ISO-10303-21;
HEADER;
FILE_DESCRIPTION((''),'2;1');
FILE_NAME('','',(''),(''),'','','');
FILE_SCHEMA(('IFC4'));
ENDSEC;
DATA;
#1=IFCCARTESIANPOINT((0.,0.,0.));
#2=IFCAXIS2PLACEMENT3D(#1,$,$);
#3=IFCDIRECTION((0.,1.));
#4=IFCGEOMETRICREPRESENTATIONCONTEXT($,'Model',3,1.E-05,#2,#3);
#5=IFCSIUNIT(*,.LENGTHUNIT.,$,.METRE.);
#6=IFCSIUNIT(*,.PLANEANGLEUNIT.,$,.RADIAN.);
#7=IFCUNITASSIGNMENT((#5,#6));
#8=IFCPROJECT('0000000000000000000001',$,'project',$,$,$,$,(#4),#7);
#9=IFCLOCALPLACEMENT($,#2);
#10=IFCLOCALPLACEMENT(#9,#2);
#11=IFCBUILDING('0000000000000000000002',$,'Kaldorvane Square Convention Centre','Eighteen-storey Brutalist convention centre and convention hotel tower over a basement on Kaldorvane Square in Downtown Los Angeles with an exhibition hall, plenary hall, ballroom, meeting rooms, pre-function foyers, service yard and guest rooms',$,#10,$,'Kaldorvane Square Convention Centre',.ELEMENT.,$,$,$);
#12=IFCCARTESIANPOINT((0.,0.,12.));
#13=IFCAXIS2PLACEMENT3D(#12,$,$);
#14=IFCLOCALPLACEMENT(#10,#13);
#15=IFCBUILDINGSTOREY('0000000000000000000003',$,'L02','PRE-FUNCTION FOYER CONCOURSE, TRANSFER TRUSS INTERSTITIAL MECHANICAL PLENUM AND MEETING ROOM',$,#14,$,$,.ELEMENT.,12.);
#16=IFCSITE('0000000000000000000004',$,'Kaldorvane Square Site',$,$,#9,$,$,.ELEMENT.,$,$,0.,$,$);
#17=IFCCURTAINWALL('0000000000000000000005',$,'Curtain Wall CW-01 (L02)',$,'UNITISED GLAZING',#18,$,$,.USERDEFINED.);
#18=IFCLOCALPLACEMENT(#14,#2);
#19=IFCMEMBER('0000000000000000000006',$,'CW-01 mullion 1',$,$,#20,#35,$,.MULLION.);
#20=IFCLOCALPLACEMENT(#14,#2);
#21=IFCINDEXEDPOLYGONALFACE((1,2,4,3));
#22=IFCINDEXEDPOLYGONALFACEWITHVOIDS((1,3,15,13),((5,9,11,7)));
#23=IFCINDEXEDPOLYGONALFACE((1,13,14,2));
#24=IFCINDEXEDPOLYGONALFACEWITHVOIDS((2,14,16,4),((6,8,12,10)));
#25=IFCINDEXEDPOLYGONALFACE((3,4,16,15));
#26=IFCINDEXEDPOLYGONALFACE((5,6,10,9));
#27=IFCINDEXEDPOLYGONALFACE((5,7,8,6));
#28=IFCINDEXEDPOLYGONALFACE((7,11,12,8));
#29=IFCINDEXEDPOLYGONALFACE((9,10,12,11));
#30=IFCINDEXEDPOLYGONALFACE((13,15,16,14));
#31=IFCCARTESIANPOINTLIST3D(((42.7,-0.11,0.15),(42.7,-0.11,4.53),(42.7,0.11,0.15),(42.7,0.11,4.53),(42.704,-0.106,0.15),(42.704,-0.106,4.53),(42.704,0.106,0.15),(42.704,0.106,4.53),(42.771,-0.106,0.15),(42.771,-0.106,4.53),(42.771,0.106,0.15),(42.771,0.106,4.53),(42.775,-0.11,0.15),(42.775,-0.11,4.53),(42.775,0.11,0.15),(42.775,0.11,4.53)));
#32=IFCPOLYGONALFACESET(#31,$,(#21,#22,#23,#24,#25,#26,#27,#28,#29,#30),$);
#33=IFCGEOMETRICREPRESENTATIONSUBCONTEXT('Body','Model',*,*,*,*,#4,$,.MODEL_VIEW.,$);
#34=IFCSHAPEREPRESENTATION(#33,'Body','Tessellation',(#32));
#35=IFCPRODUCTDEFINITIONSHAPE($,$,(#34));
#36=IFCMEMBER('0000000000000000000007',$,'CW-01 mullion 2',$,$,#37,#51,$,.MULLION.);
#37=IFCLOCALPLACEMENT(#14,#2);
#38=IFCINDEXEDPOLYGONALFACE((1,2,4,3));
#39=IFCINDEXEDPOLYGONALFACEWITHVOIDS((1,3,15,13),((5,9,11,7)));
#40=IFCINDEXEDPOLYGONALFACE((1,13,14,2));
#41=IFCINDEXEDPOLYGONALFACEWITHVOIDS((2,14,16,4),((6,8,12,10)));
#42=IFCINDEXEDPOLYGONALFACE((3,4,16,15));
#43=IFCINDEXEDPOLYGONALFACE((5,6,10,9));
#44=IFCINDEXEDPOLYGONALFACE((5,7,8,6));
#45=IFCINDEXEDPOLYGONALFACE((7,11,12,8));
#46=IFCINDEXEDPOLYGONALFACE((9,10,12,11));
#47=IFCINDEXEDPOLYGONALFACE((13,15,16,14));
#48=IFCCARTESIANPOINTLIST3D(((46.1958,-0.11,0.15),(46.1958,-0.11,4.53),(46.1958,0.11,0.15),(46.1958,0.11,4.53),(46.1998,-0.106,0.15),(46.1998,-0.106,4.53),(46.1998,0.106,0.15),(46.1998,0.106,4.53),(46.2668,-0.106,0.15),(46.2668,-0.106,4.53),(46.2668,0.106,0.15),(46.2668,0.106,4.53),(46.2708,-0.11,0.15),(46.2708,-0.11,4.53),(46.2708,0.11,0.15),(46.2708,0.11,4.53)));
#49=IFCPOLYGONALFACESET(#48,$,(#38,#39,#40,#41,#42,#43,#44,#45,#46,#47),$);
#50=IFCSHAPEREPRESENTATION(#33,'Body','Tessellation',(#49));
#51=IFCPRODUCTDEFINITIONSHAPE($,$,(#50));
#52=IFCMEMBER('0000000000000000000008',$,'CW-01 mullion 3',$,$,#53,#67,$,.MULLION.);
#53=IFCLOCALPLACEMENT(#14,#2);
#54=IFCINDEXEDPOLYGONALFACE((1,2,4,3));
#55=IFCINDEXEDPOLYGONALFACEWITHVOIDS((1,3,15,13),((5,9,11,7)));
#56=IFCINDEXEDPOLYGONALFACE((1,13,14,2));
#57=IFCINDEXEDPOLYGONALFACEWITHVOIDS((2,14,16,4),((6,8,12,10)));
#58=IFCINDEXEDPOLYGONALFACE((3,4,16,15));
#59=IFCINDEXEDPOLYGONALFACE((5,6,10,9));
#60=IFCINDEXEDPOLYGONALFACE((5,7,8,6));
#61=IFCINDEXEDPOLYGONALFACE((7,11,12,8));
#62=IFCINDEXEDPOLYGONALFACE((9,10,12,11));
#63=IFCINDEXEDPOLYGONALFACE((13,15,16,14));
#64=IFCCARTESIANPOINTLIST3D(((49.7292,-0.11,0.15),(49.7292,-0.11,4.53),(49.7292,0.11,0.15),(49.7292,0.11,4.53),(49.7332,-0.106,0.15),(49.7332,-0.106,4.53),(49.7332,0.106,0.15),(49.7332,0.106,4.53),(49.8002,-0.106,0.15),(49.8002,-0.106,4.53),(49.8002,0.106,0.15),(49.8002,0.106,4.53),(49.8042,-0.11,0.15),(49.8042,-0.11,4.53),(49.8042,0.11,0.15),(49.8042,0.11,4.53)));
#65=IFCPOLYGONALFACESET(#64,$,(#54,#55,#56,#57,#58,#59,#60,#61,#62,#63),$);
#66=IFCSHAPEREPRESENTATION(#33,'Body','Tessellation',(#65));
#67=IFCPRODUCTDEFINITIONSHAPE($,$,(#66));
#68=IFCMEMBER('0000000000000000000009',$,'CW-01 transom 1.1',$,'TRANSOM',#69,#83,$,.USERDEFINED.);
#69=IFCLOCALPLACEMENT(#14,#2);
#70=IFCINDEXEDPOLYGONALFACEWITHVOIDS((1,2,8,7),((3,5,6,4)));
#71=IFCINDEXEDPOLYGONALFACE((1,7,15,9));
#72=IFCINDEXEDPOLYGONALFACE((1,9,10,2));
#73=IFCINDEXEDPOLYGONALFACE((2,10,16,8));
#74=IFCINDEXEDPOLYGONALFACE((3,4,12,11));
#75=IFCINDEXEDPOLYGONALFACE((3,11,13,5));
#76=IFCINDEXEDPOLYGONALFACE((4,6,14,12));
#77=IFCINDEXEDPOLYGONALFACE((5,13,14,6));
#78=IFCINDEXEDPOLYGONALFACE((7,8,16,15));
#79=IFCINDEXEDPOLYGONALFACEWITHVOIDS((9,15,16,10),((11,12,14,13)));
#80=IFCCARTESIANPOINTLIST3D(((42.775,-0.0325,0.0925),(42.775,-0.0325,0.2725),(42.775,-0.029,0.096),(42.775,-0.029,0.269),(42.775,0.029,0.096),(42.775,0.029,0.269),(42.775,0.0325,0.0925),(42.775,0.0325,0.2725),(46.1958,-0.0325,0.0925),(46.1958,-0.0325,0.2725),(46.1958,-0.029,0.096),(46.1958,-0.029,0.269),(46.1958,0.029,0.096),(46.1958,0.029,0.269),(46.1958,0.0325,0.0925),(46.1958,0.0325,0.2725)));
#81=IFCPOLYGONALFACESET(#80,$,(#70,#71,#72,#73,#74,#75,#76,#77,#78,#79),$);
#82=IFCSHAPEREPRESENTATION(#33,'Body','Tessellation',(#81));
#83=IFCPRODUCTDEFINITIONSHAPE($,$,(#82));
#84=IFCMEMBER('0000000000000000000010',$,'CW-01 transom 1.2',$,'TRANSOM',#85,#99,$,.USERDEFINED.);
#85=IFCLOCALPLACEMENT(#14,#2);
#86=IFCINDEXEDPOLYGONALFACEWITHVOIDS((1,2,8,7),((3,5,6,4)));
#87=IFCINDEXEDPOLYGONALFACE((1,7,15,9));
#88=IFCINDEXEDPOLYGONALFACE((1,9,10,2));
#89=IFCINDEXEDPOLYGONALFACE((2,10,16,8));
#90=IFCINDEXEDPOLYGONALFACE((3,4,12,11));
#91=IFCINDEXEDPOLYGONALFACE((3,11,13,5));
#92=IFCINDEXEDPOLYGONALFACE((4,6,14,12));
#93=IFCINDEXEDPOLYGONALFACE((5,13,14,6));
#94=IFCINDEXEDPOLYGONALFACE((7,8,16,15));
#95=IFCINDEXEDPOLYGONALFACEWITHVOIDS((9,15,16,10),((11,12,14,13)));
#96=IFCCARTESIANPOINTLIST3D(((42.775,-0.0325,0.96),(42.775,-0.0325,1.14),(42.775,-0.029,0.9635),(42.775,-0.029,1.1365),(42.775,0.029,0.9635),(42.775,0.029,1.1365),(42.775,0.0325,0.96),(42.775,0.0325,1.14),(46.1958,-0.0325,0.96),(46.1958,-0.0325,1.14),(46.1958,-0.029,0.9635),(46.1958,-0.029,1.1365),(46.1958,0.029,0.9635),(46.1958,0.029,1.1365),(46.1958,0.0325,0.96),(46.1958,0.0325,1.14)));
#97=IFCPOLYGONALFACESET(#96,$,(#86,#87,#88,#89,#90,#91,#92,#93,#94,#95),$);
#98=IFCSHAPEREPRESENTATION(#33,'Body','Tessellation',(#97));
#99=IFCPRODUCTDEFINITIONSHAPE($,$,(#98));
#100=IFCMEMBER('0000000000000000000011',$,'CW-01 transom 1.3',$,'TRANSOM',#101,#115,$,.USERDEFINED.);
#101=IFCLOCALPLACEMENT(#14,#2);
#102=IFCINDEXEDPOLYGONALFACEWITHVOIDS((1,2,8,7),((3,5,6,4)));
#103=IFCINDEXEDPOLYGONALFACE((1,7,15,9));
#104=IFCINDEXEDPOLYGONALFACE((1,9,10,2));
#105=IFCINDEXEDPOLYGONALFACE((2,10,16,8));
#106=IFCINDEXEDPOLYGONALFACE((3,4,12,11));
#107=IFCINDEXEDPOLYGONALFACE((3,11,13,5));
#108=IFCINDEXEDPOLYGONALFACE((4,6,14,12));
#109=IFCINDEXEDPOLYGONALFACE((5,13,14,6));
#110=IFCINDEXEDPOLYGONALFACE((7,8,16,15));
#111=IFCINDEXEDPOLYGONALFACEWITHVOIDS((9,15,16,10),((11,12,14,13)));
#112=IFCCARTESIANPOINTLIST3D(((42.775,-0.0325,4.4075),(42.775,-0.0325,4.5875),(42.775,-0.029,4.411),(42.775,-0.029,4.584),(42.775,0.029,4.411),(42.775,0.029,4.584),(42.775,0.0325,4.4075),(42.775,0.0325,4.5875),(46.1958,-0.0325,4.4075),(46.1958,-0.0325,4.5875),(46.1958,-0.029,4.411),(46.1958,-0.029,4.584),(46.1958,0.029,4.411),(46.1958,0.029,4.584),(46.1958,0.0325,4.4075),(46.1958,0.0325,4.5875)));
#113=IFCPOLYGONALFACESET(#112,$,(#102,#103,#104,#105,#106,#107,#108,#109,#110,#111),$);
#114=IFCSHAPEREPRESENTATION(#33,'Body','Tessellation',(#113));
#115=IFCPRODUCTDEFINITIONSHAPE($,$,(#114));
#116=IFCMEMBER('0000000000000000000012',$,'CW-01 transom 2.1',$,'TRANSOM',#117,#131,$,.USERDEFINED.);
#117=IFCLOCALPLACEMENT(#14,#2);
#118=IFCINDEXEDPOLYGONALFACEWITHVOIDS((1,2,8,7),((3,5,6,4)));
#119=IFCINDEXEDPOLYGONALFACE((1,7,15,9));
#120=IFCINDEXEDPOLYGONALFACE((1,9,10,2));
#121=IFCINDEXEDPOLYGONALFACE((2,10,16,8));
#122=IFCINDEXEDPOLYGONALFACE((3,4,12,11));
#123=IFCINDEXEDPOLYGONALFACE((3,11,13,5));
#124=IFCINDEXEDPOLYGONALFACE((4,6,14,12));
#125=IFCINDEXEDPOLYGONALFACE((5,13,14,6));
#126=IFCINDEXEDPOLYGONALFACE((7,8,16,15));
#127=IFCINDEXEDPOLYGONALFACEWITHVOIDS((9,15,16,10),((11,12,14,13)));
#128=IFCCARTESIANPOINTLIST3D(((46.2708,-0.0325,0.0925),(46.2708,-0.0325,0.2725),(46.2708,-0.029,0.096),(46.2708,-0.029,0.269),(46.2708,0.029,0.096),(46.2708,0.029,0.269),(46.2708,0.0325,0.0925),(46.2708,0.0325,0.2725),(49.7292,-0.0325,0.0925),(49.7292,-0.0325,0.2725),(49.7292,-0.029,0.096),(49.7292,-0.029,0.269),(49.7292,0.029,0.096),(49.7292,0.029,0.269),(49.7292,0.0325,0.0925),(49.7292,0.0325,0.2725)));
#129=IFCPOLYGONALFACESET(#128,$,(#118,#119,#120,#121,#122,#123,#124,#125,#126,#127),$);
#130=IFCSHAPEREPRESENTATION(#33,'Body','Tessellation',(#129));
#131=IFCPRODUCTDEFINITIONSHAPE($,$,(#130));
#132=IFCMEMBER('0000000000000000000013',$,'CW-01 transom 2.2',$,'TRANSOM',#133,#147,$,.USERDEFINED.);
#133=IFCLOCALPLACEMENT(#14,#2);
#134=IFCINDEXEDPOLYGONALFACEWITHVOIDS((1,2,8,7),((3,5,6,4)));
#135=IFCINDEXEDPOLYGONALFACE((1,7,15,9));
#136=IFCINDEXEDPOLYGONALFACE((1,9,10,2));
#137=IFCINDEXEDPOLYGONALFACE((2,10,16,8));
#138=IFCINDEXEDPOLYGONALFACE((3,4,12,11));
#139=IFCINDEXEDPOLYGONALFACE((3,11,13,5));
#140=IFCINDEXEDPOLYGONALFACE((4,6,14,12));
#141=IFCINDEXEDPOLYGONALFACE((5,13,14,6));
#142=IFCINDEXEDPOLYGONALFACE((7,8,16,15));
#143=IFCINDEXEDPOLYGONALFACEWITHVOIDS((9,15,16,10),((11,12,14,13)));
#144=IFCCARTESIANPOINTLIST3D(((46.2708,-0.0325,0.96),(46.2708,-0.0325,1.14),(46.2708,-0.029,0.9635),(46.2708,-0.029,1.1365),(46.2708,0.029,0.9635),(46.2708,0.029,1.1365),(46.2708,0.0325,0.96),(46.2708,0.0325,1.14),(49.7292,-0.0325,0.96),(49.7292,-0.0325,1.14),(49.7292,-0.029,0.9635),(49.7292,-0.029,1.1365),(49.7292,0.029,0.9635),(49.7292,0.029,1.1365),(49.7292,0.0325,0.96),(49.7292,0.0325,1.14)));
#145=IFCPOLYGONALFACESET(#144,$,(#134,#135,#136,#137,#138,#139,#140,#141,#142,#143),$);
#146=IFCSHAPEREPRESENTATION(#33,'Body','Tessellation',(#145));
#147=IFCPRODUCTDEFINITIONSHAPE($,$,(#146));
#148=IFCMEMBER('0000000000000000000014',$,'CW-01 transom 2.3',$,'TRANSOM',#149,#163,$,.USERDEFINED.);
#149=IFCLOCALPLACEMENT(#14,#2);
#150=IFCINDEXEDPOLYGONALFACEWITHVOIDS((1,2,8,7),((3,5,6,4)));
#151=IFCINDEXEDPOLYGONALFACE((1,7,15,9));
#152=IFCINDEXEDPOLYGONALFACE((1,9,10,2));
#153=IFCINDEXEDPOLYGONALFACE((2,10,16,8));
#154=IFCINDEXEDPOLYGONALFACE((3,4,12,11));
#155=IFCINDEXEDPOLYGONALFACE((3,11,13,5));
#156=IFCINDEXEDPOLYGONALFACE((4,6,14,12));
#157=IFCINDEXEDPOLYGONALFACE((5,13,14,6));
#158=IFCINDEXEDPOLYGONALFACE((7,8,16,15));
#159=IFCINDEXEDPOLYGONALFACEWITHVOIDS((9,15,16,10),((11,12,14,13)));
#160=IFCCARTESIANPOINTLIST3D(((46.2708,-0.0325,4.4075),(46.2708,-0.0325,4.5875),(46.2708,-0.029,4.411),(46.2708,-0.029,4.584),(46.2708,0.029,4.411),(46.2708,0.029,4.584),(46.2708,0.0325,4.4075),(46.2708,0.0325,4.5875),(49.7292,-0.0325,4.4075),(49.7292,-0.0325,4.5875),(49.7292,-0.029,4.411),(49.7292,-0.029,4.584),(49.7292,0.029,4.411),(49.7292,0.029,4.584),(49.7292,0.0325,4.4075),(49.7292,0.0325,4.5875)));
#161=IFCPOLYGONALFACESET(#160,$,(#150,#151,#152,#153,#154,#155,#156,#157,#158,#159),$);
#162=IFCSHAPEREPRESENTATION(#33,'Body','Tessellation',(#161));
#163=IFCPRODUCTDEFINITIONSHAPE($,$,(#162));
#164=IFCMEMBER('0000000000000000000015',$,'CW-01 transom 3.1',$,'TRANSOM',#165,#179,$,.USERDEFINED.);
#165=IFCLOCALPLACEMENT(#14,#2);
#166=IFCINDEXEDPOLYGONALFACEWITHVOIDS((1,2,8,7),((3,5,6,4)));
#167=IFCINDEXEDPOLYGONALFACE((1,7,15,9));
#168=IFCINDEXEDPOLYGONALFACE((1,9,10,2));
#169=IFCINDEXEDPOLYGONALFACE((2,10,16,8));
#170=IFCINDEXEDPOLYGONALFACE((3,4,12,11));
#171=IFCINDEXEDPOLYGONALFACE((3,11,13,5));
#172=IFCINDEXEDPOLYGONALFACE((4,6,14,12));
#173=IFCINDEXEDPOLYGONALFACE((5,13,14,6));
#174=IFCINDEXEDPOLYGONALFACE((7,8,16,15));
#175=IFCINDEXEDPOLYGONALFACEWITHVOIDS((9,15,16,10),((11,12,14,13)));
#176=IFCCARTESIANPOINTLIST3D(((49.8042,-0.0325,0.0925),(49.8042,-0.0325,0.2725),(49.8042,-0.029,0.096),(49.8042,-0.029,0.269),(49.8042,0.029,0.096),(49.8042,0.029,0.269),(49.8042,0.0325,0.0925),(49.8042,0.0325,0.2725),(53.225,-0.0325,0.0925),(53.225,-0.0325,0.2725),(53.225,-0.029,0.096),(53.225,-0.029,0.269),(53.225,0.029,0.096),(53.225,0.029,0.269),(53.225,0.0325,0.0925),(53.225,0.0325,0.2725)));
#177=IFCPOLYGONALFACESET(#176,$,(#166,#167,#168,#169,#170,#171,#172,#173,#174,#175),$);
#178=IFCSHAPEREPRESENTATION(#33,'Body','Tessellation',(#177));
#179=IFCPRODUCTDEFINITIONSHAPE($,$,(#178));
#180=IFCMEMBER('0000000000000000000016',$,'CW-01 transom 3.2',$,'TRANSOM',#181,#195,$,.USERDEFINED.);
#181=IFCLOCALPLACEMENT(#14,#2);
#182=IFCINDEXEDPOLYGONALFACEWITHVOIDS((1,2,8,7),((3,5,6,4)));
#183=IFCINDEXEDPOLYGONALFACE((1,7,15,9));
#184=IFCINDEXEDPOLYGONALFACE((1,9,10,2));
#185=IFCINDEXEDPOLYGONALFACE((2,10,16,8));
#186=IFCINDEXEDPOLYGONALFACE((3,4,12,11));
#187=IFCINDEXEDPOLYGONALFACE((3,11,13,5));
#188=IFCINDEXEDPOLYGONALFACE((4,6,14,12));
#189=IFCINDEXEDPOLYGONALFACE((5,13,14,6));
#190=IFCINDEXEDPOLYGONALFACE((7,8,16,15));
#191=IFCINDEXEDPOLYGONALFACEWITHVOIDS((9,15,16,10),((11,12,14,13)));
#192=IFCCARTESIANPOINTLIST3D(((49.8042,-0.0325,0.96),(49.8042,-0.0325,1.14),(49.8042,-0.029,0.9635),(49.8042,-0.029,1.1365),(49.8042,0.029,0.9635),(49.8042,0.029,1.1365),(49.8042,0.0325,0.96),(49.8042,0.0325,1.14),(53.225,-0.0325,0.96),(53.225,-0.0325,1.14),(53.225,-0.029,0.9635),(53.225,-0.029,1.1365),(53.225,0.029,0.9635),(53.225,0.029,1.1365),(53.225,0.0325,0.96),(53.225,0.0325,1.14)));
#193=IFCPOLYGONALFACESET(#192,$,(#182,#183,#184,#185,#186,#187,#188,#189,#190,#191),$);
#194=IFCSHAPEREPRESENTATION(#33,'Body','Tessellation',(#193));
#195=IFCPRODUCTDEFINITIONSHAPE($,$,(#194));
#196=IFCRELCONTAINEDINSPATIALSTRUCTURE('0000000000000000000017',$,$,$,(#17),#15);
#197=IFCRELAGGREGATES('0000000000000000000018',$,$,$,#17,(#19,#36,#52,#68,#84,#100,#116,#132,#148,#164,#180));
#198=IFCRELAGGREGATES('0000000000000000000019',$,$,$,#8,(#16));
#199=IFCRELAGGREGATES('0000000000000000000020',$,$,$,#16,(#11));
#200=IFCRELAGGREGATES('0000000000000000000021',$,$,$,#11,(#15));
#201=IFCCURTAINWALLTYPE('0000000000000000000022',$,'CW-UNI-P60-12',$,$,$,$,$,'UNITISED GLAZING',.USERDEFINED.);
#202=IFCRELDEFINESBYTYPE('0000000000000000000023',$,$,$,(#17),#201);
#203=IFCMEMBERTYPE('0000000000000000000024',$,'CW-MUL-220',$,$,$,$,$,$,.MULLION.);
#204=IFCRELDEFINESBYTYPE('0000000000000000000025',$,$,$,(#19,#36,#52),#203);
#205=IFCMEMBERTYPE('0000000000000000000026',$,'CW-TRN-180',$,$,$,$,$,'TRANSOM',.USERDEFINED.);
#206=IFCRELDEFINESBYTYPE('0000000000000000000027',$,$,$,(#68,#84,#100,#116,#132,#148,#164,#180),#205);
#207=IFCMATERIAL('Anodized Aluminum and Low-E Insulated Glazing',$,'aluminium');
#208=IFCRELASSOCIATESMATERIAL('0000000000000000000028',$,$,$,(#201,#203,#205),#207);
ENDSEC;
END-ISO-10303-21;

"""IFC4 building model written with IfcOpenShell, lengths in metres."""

from ifc_helpers import new_model, si_unit, direction, frame, origin, origin_2d, place, context, subcontext, project, spatial, hollow_rectangle, extrude, material, material_profile, profile_set, type_object, element, aggregate, save


model = new_model("IFC4")

# Units and contexts
model_context = context("Model", 3, precision=1e-05, world=origin(), true_north=direction((0.0, 1.0)))
body_context = subcontext(model_context, "Body", "Model", "MODEL_VIEW")
ifc_project = project(units=[si_unit("LENGTHUNIT", "METRE"), si_unit("PLANEANGLEUNIT", "RADIAN")], contexts=[model_context])

# Site, building, storey
site_placement = place(None, origin())
site = spatial("IfcSite", under=ifc_project, at=site_placement, Name="Kaldorvane Square Site", CompositionType="ELEMENT", RefElevation=0.0)
building_placement = place(site_placement, origin())
building = spatial("IfcBuilding", under=site, at=building_placement, Name="Kaldorvane Square Convention Centre", Description="Eighteen-storey Brutalist convention centre and convention hotel tower over a basement on Kaldorvane Square in Downtown Los Angeles with an exhibition hall, plenary hall, ballroom, meeting rooms, pre-function foyers, service yard and guest rooms", LongName="Kaldorvane Square Convention Centre", CompositionType="ELEMENT")
storey_placement = place(building_placement, frame((0.0, 0.0, 12.0)))
storey = spatial("IfcBuildingStorey", under=building, at=storey_placement, Name="L02", Description="PRE-FUNCTION FOYER CONCOURSE, TRANSFER TRUSS INTERSTITIAL MECHANICAL PLENUM AND MEETING ROOM", CompositionType="ELEMENT", Elevation=12.0)

# Curtain wall, members
ifc_material_1 = material(Name="Anodized Aluminum and Low-E Insulated Glazing", Category="aluminium")
curtain_wall_type = type_object("IfcCurtainWallType", Name="CW-UNI-P60-12", ElementType="UNITISED GLAZING", PredefinedType="USERDEFINED", material=ifc_material_1)
curtain_wall_placement = place(storey_placement, origin())
curtain_wall = element("IfcCurtainWall", 1, at=curtain_wall_placement, inside=storey, type_object=curtain_wall_type, Name="Curtain Wall CW-01 (L02)", ObjectType="UNITISED GLAZING", PredefinedType="USERDEFINED")
ifc_material_profile_1 = material_profile(ifc_material_1, hollow_rectangle(XDim=0.075, YDim=0.22, WallThickness=0.004, at=origin_2d()), Name="CWM-220X75")
ifc_profile_set_1 = profile_set([ifc_material_profile_1], Name="Anodized Aluminum and Low-E Insulated Glazing")
member_type_1 = type_object("IfcMemberType", Name="CW-MUL-220", PredefinedType="MULLION", material=ifc_profile_set_1)
member_1_placement = place(storey_placement, frame((42.7375, 0.0, 0.15), z_axis=(0.0, 0.0, 1.0), x_axis=(1.0, 0.0, 0.0)))
member_1 = element("IfcMember", 2, at=member_1_placement, type_object=member_type_1, Name="CW-01 mullion 1", PredefinedType="MULLION", context=body_context, shape_type="SweptSolid", body=[
    extrude(hollow_rectangle(XDim=0.075, YDim=0.22, WallThickness=0.004, at=origin_2d()), origin(), (0.0, 0.0, 1.0), 4.38),
])
member_2_placement = place(storey_placement, frame((46.2333, 0.0, 0.15), z_axis=(0.0, 0.0, 1.0), x_axis=(1.0, 0.0, 0.0)))
member_2 = element("IfcMember", 3, at=member_2_placement, type_object=member_type_1, Name="CW-01 mullion 2", PredefinedType="MULLION", context=body_context, shape_type="SweptSolid", body=[
    extrude(hollow_rectangle(XDim=0.075, YDim=0.22, WallThickness=0.004, at=origin_2d()), origin(), (0.0, 0.0, 1.0), 4.38),
])
member_3_placement = place(storey_placement, frame((49.7667, 0.0, 0.15), z_axis=(0.0, 0.0, 1.0), x_axis=(1.0, 0.0, 0.0)))
member_3 = element("IfcMember", 4, at=member_3_placement, type_object=member_type_1, Name="CW-01 mullion 3", PredefinedType="MULLION", context=body_context, shape_type="SweptSolid", body=[
    extrude(hollow_rectangle(XDim=0.075, YDim=0.22, WallThickness=0.004, at=origin_2d()), origin(), (0.0, 0.0, 1.0), 4.38),
])
ifc_material_profile_2 = material_profile(ifc_material_1, hollow_rectangle(XDim=0.065, YDim=0.18, WallThickness=0.0035, at=origin_2d()), Name="CWT-180X65")
ifc_profile_set_2 = profile_set([ifc_material_profile_2], Name="Anodized Aluminum and Low-E Insulated Glazing")
member_type_2 = type_object("IfcMemberType", Name="CW-TRN-180", ElementType="TRANSOM", PredefinedType="USERDEFINED", material=ifc_profile_set_2)
member_4_placement = place(storey_placement, frame((42.775, 0.0, 0.1825), z_axis=(1.0, 0.0, 0.0), x_axis=(0.0, 1.0, 0.0)))
member_4 = element("IfcMember", 5, at=member_4_placement, type_object=member_type_2, Name="CW-01 transom 1.1", ObjectType="TRANSOM", PredefinedType="USERDEFINED", context=body_context, shape_type="SweptSolid", body=[
    extrude(hollow_rectangle(XDim=0.065, YDim=0.18, WallThickness=0.0035, at=origin_2d()), origin(), (0.0, 0.0, 1.0), 3.4208),
])
member_5_placement = place(storey_placement, frame((42.775, 0.0, 1.05), z_axis=(1.0, 0.0, 0.0), x_axis=(0.0, 1.0, 0.0)))
member_5 = element("IfcMember", 6, at=member_5_placement, type_object=member_type_2, Name="CW-01 transom 1.2", ObjectType="TRANSOM", PredefinedType="USERDEFINED", context=body_context, shape_type="SweptSolid", body=[
    extrude(hollow_rectangle(XDim=0.065, YDim=0.18, WallThickness=0.0035, at=origin_2d()), origin(), (0.0, 0.0, 1.0), 3.4208),
])
member_6_placement = place(storey_placement, frame((42.775, 0.0, 4.4975), z_axis=(1.0, 0.0, 0.0), x_axis=(0.0, 1.0, 0.0)))
member_6 = element("IfcMember", 7, at=member_6_placement, type_object=member_type_2, Name="CW-01 transom 1.3", ObjectType="TRANSOM", PredefinedType="USERDEFINED", context=body_context, shape_type="SweptSolid", body=[
    extrude(hollow_rectangle(XDim=0.065, YDim=0.18, WallThickness=0.0035, at=origin_2d()), origin(), (0.0, 0.0, 1.0), 3.4208),
])
member_7_placement = place(storey_placement, frame((46.2708, 0.0, 0.1825), z_axis=(1.0, 0.0, 0.0), x_axis=(0.0, 1.0, 0.0)))
member_7 = element("IfcMember", 8, at=member_7_placement, type_object=member_type_2, Name="CW-01 transom 2.1", ObjectType="TRANSOM", PredefinedType="USERDEFINED", context=body_context, shape_type="SweptSolid", body=[
    extrude(hollow_rectangle(XDim=0.065, YDim=0.18, WallThickness=0.0035, at=origin_2d()), origin(), (0.0, 0.0, 1.0), 3.4583),
])
member_8_placement = place(storey_placement, frame((46.2708, 0.0, 1.05), z_axis=(1.0, 0.0, 0.0), x_axis=(0.0, 1.0, 0.0)))
member_8 = element("IfcMember", 9, at=member_8_placement, type_object=member_type_2, Name="CW-01 transom 2.2", ObjectType="TRANSOM", PredefinedType="USERDEFINED", context=body_context, shape_type="SweptSolid", body=[
    extrude(hollow_rectangle(XDim=0.065, YDim=0.18, WallThickness=0.0035, at=origin_2d()), origin(), (0.0, 0.0, 1.0), 3.4583),
])
member_9_placement = place(storey_placement, frame((46.2708, 0.0, 4.4975), z_axis=(1.0, 0.0, 0.0), x_axis=(0.0, 1.0, 0.0)))
member_9 = element("IfcMember", 10, at=member_9_placement, type_object=member_type_2, Name="CW-01 transom 2.3", ObjectType="TRANSOM", PredefinedType="USERDEFINED", context=body_context, shape_type="SweptSolid", body=[
    extrude(hollow_rectangle(XDim=0.065, YDim=0.18, WallThickness=0.0035, at=origin_2d()), origin(), (0.0, 0.0, 1.0), 3.4583),
])
member_10_placement = place(storey_placement, frame((49.8042, 0.0, 0.1825), z_axis=(1.0, 0.0, 0.0), x_axis=(0.0, 1.0, 0.0)))
member_10 = element("IfcMember", 11, at=member_10_placement, type_object=member_type_2, Name="CW-01 transom 3.1", ObjectType="TRANSOM", PredefinedType="USERDEFINED", context=body_context, shape_type="SweptSolid", body=[
    extrude(hollow_rectangle(XDim=0.065, YDim=0.18, WallThickness=0.0035, at=origin_2d()), origin(), (0.0, 0.0, 1.0), 3.4208),
])
member_11_placement = place(storey_placement, frame((49.8042, 0.0, 1.05), z_axis=(1.0, 0.0, 0.0), x_axis=(0.0, 1.0, 0.0)))
member_11 = element("IfcMember", 12, at=member_11_placement, type_object=member_type_2, Name="CW-01 transom 3.2", ObjectType="TRANSOM", PredefinedType="USERDEFINED", context=body_context, shape_type="SweptSolid", body=[
    extrude(hollow_rectangle(XDim=0.065, YDim=0.18, WallThickness=0.0035, at=origin_2d()), origin(), (0.0, 0.0, 1.0), 3.4208),
])
aggregate(curtain_wall, [member_1, member_2, member_3, member_4, member_5, member_6, member_7, member_8, member_9, member_10, member_11])

save(model, "model.ifc")
